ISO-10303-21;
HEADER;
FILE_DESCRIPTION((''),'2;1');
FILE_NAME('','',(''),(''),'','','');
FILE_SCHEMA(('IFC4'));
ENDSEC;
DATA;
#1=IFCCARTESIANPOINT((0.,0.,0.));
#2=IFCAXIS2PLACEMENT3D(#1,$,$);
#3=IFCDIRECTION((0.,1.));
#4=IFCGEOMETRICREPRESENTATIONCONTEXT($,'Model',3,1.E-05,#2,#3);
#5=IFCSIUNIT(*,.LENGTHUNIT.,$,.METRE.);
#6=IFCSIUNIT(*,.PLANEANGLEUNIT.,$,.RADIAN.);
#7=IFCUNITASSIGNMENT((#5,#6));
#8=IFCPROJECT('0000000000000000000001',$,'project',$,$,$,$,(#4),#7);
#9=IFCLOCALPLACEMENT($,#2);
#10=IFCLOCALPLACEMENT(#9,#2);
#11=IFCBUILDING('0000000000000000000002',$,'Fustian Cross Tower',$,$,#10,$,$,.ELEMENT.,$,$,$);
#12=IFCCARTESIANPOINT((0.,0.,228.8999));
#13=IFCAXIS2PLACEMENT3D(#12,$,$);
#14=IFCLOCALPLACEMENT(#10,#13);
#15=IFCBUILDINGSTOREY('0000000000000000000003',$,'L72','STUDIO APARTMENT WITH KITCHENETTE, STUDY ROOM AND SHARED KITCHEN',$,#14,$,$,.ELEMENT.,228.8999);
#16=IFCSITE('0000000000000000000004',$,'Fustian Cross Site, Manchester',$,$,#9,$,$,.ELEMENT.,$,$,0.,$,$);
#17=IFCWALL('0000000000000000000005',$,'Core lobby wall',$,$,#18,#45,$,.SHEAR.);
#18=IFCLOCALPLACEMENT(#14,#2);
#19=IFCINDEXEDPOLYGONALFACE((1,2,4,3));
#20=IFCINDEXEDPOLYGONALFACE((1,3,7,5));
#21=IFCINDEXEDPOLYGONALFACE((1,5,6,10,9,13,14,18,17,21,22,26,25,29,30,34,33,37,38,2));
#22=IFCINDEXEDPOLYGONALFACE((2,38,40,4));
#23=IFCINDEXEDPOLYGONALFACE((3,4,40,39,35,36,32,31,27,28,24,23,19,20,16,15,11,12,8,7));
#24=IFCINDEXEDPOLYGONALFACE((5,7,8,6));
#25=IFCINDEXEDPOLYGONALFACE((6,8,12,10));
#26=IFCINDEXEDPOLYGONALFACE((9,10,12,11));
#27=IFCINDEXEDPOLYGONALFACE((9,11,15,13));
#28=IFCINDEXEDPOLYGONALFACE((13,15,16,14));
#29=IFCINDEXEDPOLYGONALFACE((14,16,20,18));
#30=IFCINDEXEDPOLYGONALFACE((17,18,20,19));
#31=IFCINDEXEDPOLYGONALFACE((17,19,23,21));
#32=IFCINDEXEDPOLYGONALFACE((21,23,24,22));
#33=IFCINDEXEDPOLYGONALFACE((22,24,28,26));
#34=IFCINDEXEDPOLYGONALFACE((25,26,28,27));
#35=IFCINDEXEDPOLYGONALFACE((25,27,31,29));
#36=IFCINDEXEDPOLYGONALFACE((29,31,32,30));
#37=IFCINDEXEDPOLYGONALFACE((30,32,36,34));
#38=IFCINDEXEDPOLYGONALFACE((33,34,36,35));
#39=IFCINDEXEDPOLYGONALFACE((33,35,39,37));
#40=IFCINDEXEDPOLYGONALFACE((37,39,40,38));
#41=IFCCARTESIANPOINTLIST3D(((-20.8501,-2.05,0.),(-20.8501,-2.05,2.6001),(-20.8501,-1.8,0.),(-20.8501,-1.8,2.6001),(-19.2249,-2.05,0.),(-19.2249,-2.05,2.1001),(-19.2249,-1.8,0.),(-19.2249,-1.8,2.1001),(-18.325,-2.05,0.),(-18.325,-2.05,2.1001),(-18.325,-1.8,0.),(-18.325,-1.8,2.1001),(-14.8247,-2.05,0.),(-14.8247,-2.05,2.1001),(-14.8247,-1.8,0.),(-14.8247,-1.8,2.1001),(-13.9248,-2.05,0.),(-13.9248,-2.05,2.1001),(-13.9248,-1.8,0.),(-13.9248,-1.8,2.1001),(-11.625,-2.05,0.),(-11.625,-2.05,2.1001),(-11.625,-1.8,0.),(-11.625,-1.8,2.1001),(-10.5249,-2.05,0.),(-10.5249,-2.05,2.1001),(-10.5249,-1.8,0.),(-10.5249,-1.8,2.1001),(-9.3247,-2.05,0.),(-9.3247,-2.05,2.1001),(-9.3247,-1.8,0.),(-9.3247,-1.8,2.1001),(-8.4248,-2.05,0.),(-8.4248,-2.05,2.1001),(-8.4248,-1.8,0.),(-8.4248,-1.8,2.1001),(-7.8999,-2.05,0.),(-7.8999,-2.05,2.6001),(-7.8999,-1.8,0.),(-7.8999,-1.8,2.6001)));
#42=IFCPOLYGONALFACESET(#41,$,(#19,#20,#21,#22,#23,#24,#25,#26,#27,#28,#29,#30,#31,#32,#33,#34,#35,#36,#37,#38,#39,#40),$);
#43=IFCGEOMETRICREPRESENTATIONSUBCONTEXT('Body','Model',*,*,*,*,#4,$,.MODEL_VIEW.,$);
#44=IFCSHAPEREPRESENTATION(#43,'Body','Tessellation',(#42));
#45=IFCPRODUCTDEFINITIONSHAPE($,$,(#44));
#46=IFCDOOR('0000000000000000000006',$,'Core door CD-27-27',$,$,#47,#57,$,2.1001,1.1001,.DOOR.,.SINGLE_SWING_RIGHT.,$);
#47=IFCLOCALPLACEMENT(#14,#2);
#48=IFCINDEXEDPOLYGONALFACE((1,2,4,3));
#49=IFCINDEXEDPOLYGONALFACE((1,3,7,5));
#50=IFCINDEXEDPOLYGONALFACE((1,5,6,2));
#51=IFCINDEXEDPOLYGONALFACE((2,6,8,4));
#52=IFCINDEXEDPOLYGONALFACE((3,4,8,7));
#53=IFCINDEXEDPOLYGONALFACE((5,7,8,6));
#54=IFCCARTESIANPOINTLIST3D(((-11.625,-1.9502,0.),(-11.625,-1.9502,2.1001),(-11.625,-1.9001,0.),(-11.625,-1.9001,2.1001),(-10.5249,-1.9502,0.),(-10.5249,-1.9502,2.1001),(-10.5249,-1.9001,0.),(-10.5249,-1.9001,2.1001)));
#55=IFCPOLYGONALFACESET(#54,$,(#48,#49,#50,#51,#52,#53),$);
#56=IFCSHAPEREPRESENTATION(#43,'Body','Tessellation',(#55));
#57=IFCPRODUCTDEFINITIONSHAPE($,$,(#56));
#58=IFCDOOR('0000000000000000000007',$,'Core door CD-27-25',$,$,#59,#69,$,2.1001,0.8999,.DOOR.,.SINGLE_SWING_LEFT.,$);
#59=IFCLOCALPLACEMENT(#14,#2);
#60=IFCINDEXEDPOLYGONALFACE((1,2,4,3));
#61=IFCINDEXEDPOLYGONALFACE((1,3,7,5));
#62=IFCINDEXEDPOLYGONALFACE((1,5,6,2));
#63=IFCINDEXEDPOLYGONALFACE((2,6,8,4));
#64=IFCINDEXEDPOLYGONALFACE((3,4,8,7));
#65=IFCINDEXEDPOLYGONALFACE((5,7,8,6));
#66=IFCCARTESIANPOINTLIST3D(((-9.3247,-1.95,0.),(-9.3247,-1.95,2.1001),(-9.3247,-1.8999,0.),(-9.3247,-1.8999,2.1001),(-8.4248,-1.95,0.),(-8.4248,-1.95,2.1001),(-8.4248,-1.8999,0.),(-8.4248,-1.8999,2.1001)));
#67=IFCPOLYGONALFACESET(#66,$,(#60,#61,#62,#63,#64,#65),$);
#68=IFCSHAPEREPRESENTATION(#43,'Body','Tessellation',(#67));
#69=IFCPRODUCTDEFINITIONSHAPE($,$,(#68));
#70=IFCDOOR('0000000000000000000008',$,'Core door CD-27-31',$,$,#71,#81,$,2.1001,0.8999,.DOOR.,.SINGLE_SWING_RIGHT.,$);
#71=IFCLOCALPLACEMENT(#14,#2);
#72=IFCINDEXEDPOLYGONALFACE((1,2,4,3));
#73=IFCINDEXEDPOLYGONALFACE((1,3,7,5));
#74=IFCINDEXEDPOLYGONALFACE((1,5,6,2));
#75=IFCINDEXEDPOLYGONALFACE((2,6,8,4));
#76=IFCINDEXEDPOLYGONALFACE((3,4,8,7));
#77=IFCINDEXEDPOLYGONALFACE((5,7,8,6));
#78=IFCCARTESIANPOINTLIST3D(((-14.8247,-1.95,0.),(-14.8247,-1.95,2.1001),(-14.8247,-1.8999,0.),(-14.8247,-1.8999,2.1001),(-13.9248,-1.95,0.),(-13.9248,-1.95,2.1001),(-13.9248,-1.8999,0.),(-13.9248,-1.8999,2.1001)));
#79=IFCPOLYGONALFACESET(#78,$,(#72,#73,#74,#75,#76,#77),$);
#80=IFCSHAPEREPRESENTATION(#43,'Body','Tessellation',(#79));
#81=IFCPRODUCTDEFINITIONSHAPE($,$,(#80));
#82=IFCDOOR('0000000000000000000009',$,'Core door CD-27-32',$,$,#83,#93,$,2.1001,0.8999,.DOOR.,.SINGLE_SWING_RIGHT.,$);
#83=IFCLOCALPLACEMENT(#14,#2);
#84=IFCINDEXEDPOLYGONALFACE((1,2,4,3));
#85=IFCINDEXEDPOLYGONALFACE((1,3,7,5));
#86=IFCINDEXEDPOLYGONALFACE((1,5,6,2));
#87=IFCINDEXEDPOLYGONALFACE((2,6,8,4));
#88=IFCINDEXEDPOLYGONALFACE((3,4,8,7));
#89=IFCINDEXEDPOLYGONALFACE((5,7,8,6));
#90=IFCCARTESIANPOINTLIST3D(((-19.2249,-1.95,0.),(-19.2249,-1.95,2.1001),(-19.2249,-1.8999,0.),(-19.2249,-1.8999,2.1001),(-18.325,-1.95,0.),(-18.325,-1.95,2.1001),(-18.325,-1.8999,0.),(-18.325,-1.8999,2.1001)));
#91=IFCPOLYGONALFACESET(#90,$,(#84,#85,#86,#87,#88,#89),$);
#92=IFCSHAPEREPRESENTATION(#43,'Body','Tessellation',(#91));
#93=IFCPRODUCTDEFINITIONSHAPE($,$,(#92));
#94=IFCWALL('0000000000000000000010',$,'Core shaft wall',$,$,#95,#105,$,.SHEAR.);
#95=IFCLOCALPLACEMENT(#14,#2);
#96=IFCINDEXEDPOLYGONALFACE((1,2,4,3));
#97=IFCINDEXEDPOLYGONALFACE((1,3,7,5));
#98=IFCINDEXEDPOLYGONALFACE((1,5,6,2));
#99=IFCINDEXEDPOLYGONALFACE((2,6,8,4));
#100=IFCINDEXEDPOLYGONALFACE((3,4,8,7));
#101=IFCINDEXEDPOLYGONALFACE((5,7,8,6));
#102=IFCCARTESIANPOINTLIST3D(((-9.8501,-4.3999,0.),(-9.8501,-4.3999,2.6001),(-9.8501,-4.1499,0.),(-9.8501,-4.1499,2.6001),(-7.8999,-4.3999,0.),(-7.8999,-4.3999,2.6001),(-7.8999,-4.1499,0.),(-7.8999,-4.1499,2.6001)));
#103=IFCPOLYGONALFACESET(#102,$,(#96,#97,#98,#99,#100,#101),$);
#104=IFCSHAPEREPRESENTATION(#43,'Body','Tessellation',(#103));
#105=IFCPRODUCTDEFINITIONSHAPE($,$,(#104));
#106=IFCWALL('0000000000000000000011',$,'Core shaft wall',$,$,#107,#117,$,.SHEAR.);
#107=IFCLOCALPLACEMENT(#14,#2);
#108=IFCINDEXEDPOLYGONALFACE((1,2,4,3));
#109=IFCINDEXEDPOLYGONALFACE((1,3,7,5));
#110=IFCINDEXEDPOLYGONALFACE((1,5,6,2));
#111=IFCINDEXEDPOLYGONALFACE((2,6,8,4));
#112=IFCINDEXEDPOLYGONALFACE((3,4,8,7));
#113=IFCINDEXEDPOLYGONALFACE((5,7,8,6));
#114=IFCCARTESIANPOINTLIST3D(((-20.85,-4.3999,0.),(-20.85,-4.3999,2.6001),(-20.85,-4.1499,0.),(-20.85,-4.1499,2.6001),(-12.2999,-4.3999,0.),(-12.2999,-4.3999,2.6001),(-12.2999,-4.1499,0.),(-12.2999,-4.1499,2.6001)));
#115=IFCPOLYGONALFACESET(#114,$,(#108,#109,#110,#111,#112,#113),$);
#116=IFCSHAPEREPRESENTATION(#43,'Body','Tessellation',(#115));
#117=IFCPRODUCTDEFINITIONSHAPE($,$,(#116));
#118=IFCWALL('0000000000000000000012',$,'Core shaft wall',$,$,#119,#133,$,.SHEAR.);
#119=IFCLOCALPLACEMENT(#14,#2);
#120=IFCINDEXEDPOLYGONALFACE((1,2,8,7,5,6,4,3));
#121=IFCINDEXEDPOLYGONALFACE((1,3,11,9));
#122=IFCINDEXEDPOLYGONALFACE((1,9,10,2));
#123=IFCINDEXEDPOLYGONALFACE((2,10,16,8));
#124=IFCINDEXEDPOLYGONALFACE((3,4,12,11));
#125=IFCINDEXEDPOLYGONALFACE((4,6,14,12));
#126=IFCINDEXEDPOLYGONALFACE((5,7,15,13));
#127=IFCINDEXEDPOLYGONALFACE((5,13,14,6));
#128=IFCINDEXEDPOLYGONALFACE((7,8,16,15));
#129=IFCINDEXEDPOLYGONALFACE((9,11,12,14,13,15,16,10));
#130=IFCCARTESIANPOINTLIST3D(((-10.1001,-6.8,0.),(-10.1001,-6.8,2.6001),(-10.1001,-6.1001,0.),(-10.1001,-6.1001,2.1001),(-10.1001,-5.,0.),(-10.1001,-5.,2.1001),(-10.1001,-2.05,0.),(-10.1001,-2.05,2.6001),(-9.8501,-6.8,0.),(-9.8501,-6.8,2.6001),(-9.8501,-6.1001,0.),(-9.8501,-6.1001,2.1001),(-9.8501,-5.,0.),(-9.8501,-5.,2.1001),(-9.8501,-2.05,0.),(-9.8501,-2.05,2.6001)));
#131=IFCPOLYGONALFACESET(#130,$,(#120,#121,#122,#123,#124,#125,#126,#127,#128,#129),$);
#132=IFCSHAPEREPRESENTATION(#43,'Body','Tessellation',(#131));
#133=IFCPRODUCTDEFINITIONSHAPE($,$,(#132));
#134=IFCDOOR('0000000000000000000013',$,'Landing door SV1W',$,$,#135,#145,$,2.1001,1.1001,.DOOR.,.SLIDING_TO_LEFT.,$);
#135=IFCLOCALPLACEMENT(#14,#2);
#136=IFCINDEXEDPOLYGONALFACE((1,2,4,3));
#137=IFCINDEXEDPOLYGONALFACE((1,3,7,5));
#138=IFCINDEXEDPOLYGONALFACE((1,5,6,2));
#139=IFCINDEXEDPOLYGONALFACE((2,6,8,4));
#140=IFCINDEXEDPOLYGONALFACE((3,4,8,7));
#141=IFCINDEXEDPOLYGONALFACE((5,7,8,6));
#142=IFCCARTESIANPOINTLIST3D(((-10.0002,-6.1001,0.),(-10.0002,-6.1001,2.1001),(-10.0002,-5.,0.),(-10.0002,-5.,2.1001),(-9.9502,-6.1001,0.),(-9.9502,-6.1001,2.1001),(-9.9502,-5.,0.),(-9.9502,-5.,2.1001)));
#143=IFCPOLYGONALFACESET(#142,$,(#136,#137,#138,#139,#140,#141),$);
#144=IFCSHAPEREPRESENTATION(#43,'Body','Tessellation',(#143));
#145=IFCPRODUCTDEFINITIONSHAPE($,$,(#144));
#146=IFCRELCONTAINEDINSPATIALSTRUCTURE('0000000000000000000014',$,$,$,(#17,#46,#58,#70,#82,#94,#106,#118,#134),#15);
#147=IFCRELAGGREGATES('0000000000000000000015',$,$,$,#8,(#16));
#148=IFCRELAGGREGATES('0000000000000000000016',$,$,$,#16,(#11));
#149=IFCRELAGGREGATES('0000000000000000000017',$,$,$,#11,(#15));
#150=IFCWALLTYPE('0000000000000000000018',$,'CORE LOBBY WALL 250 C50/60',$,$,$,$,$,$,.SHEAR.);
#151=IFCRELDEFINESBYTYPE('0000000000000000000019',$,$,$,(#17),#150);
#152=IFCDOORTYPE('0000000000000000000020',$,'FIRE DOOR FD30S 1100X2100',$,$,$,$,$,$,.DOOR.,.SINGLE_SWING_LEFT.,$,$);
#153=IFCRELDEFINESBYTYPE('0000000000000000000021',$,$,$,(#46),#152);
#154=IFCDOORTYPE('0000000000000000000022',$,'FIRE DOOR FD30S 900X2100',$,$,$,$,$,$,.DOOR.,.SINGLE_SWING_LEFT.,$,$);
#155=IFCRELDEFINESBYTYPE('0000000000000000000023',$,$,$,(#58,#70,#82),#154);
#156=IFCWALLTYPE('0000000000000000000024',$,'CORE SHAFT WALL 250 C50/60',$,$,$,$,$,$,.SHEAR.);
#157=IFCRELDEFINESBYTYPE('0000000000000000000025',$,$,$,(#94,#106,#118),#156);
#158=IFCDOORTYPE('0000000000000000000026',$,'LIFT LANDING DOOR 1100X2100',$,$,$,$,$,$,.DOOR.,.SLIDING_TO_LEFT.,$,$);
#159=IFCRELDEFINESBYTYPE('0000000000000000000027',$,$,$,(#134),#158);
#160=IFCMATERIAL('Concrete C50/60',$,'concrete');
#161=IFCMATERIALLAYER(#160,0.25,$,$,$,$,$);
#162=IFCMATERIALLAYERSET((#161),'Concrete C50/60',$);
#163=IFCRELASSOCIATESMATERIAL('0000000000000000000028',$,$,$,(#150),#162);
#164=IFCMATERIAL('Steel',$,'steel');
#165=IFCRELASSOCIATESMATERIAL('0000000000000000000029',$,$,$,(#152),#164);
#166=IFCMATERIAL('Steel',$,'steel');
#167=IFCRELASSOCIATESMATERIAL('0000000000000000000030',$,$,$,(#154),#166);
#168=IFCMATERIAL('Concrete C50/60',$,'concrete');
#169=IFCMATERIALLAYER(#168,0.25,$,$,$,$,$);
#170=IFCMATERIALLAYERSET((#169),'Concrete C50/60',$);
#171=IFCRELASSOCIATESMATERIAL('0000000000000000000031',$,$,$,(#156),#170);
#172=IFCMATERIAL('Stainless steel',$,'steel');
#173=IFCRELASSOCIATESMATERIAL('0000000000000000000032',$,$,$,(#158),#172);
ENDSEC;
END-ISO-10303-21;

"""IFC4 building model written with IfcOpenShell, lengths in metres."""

from ifc_helpers import new_model, si_unit, direction, frame, frame_2d, origin, place, context, subcontext, project, spatial, rectangle, extrude, material, layer, layer_set, type_object, element, fill, save


model = new_model("IFC4")

# Units and contexts
model_context = context("Model", 3, precision=1e-05, world=origin(), true_north=direction((0.0, 1.0)))
body_context = subcontext(model_context, "Body", "Model", "MODEL_VIEW")
ifc_project = project(units=[si_unit("LENGTHUNIT", "METRE"), si_unit("PLANEANGLEUNIT", "RADIAN")], contexts=[model_context])

# Site, building, storey
site_placement = place(None, origin())
site = spatial("IfcSite", under=ifc_project, at=site_placement, Name="Fustian Cross Site, Manchester", CompositionType="ELEMENT", RefElevation=0.0)
building_placement = place(site_placement, origin())
building = spatial("IfcBuilding", under=site, at=building_placement, Name="Fustian Cross Tower", CompositionType="ELEMENT")
storey_placement = place(building_placement, frame((0.0, 0.0, 228.8999)))
storey = spatial("IfcBuildingStorey", under=building, at=storey_placement, Name="L72", Description="STUDIO APARTMENT WITH KITCHENETTE, STUDY ROOM AND SHARED KITCHEN", CompositionType="ELEMENT", Elevation=228.8999)

# Wall, openings, doors
ifc_material_1 = material(Name="Concrete C50/60", Category="concrete")
ifc_layer_1 = layer(ifc_material_1, 0.25)
ifc_layer_set_1 = layer_set([ifc_layer_1], Name="Concrete C50/60")
wall_type_1 = type_object("IfcWallType", Name="CORE LOBBY WALL 250 C50/60", PredefinedType="SHEAR", material=ifc_layer_set_1)
wall_1_placement = place(storey_placement, frame((-7.8999, -1.925, 0.0), z_axis=(0.0, 0.0, 1.0), x_axis=(-1.0, 0.0, 0.0)))
wall_1 = element("IfcWall", 1, at=wall_1_placement, inside=storey, type_object=wall_type_1, Name="Core lobby wall", PredefinedType="SHEAR", context=body_context, shape_type="SweptSolid", body=[
    extrude(rectangle(XDim=12.9502, YDim=0.25, at=frame_2d((6.4751, 0.0))), origin(), (0.0, 0.0, 1.0), 2.6001),
])
opening_1_placement = place(wall_1_placement, frame((0.5249, 0.0, 0.0)))
opening_1 = element("IfcOpeningElement", 2, at=opening_1_placement, cuts=wall_1, PredefinedType="OPENING", context=body_context, shape_type="SweptSolid", body=[
    extrude(rectangle(XDim=0.8999, YDim=2.1001, at=frame_2d((0.45, 1.05))), frame((0.0, 0.135, 0.0), z_axis=(0.0, -1.0, 0.0), x_axis=(1.0, 0.0, 0.0)), (0.0, 0.0, 1.0), 0.27),
])
opening_2_placement = place(wall_1_placement, frame((2.625, 0.0, 0.0)))
opening_2 = element("IfcOpeningElement", 3, at=opening_2_placement, cuts=wall_1, PredefinedType="OPENING", context=body_context, shape_type="SweptSolid", body=[
    extrude(rectangle(XDim=1.1001, YDim=2.1001, at=frame_2d((0.55, 1.05))), frame((0.0, 0.135, 0.0), z_axis=(0.0, -1.0, 0.0), x_axis=(1.0, 0.0, 0.0)), (0.0, 0.0, 1.0), 0.27),
])
opening_3_placement = place(wall_1_placement, frame((6.0249, 0.0, 0.0)))
opening_3 = element("IfcOpeningElement", 4, at=opening_3_placement, cuts=wall_1, PredefinedType="OPENING", context=body_context, shape_type="SweptSolid", body=[
    extrude(rectangle(XDim=0.8999, YDim=2.1001, at=frame_2d((0.45, 1.05))), frame((0.0, 0.135, 0.0), z_axis=(0.0, -1.0, 0.0), x_axis=(1.0, 0.0, 0.0)), (0.0, 0.0, 1.0), 0.27),
])
opening_4_placement = place(wall_1_placement, frame((10.425, 0.0, 0.0)))
opening_4 = element("IfcOpeningElement", 5, at=opening_4_placement, cuts=wall_1, PredefinedType="OPENING", context=body_context, shape_type="SweptSolid", body=[
    extrude(rectangle(XDim=0.8999, YDim=2.1001, at=frame_2d((0.45, 1.05))), frame((0.0, 0.135, 0.0), z_axis=(0.0, -1.0, 0.0), x_axis=(1.0, 0.0, 0.0)), (0.0, 0.0, 1.0), 0.27),
])
ifc_material_2 = material(Name="Steel", Category="steel")
door_type_1 = type_object("IfcDoorType", Name="FIRE DOOR FD30S 1100X2100", OperationType="SINGLE_SWING_LEFT", PredefinedType="DOOR", material=ifc_material_2)
door_1_placement = place(opening_2_placement, frame((1.1001, 0.0, 0.0), z_axis=(0.0, 0.0, 1.0), x_axis=(-1.0, 0.0, 0.0)))
door_1 = element("IfcDoor", 6, at=door_1_placement, inside=storey, type_object=door_type_1, Name="Core door CD-27-27", OperationType="SINGLE_SWING_RIGHT", OverallHeight=2.1001, OverallWidth=1.1001, PredefinedType="DOOR", context=body_context, shape_type="SweptSolid", body=[
    extrude(rectangle(XDim=1.1001, YDim=2.1001, at=frame_2d((0.55, 1.05))), frame((0.0, 0.0249, 0.0), z_axis=(0.0, -1.0, 0.0), x_axis=(1.0, 0.0, 0.0)), (0.0, 0.0, 1.0), 0.05),
])
fill(opening_2, door_1)
ifc_material_3 = material(Name="Steel", Category="steel")
door_type_2 = type_object("IfcDoorType", Name="FIRE DOOR FD30S 900X2100", OperationType="SINGLE_SWING_LEFT", PredefinedType="DOOR", material=ifc_material_3)
door_2_placement = place(opening_1_placement, origin())
door_2 = element("IfcDoor", 7, at=door_2_placement, inside=storey, type_object=door_type_2, Name="Core door CD-27-25", OperationType="SINGLE_SWING_LEFT", OverallHeight=2.1001, OverallWidth=0.8999, PredefinedType="DOOR", context=body_context, shape_type="SweptSolid", body=[
    extrude(rectangle(XDim=0.8999, YDim=2.1001, at=frame_2d((0.45, 1.05))), frame((0.0, 0.0249, 0.0), z_axis=(0.0, -1.0, 0.0), x_axis=(1.0, 0.0, 0.0)), (0.0, 0.0, 1.0), 0.05),
])
fill(opening_1, door_2)
door_3_placement = place(opening_3_placement, origin())
door_3 = element("IfcDoor", 8, at=door_3_placement, inside=storey, type_object=door_type_2, Name="Core door CD-27-31", OperationType="SINGLE_SWING_RIGHT", OverallHeight=2.1001, OverallWidth=0.8999, PredefinedType="DOOR", context=body_context, shape_type="SweptSolid", body=[
    extrude(rectangle(XDim=0.8999, YDim=2.1001, at=frame_2d((0.45, 1.05))), frame((0.0, 0.0249, 0.0), z_axis=(0.0, -1.0, 0.0), x_axis=(1.0, 0.0, 0.0)), (0.0, 0.0, 1.0), 0.05),
])
fill(opening_3, door_3)
door_4_placement = place(opening_4_placement, origin())
door_4 = element("IfcDoor", 9, at=door_4_placement, inside=storey, type_object=door_type_2, Name="Core door CD-27-32", OperationType="SINGLE_SWING_RIGHT", OverallHeight=2.1001, OverallWidth=0.8999, PredefinedType="DOOR", context=body_context, shape_type="SweptSolid", body=[
    extrude(rectangle(XDim=0.8999, YDim=2.1001, at=frame_2d((0.45, 1.05))), frame((0.0, 0.0249, 0.0), z_axis=(0.0, -1.0, 0.0), x_axis=(1.0, 0.0, 0.0)), (0.0, 0.0, 1.0), 0.05),
])
fill(opening_4, door_4)

# Walls
ifc_material_4 = material(Name="Concrete C50/60", Category="concrete")
ifc_layer_2 = layer(ifc_material_4, 0.25)
ifc_layer_set_2 = layer_set([ifc_layer_2], Name="Concrete C50/60")
wall_type_2 = type_object("IfcWallType", Name="CORE SHAFT WALL 250 C50/60", PredefinedType="SHEAR", material=ifc_layer_set_2)
wall_2_placement = place(storey_placement, frame((-7.8999, -4.2749, 0.0), z_axis=(0.0, 0.0, 1.0), x_axis=(-1.0, 0.0, 0.0)))
element("IfcWall", 10, at=wall_2_placement, inside=storey, type_object=wall_type_2, Name="Core shaft wall", PredefinedType="SHEAR", context=body_context, shape_type="SweptSolid", body=[
    extrude(rectangle(XDim=1.9502, YDim=0.25, at=frame_2d((0.9751, 0.0))), origin(), (0.0, 0.0, 1.0), 2.6001),
])
wall_3_placement = place(storey_placement, frame((-12.3, -4.2749, 0.0), z_axis=(0.0, 0.0, 1.0), x_axis=(-1.0, 0.0, 0.0)))
element("IfcWall", 11, at=wall_3_placement, inside=storey, type_object=wall_type_2, Name="Core shaft wall", PredefinedType="SHEAR", context=body_context, shape_type="SweptSolid", body=[
    extrude(rectangle(XDim=8.55, YDim=0.25, at=frame_2d((4.2749, 0.0))), origin(), (0.0, 0.0, 1.0), 2.6001),
])

# Wall, opening, door
wall_4_placement = place(storey_placement, frame((-9.9751, -2.05, 0.0), z_axis=(0.0, 0.0, 1.0), x_axis=(0.0, -1.0, 0.0)))
wall_4 = element("IfcWall", 12, at=wall_4_placement, inside=storey, type_object=wall_type_2, Name="Core shaft wall", PredefinedType="SHEAR", context=body_context, shape_type="SweptSolid", body=[
    extrude(rectangle(XDim=4.75, YDim=0.25, at=frame_2d((2.375, 0.0))), origin(), (0.0, 0.0, 1.0), 2.6001),
])
opening_5_placement = place(wall_4_placement, frame((2.95, 0.0, 0.0)))
opening_5 = element("IfcOpeningElement", 13, at=opening_5_placement, cuts=wall_4, PredefinedType="OPENING", context=body_context, shape_type="SweptSolid", body=[
    extrude(rectangle(XDim=1.1001, YDim=2.1001, at=frame_2d((0.55, 1.05))), frame((0.0, 0.135, 0.0), z_axis=(0.0, -1.0, 0.0), x_axis=(1.0, 0.0, 0.0)), (0.0, 0.0, 1.0), 0.27),
])
ifc_material_5 = material(Name="Stainless steel", Category="steel")
door_type_3 = type_object("IfcDoorType", Name="LIFT LANDING DOOR 1100X2100", OperationType="SLIDING_TO_LEFT", PredefinedType="DOOR", material=ifc_material_5)
door_5_placement = place(opening_5_placement, origin())
door_5 = element("IfcDoor", 14, at=door_5_placement, inside=storey, type_object=door_type_3, Name="Landing door SV1W", OperationType="SLIDING_TO_LEFT", OverallHeight=2.1001, OverallWidth=1.1001, PredefinedType="DOOR", context=body_context, shape_type="SweptSolid", body=[
    extrude(rectangle(XDim=1.1001, YDim=2.1001, at=frame_2d((0.55, 1.05))), frame((0.0, 0.0249, 0.0), z_axis=(0.0, -1.0, 0.0), x_axis=(1.0, 0.0, 0.0)), (0.0, 0.0, 1.0), 0.05),
])
fill(opening_5, door_5)

save(model, "model.ifc")
